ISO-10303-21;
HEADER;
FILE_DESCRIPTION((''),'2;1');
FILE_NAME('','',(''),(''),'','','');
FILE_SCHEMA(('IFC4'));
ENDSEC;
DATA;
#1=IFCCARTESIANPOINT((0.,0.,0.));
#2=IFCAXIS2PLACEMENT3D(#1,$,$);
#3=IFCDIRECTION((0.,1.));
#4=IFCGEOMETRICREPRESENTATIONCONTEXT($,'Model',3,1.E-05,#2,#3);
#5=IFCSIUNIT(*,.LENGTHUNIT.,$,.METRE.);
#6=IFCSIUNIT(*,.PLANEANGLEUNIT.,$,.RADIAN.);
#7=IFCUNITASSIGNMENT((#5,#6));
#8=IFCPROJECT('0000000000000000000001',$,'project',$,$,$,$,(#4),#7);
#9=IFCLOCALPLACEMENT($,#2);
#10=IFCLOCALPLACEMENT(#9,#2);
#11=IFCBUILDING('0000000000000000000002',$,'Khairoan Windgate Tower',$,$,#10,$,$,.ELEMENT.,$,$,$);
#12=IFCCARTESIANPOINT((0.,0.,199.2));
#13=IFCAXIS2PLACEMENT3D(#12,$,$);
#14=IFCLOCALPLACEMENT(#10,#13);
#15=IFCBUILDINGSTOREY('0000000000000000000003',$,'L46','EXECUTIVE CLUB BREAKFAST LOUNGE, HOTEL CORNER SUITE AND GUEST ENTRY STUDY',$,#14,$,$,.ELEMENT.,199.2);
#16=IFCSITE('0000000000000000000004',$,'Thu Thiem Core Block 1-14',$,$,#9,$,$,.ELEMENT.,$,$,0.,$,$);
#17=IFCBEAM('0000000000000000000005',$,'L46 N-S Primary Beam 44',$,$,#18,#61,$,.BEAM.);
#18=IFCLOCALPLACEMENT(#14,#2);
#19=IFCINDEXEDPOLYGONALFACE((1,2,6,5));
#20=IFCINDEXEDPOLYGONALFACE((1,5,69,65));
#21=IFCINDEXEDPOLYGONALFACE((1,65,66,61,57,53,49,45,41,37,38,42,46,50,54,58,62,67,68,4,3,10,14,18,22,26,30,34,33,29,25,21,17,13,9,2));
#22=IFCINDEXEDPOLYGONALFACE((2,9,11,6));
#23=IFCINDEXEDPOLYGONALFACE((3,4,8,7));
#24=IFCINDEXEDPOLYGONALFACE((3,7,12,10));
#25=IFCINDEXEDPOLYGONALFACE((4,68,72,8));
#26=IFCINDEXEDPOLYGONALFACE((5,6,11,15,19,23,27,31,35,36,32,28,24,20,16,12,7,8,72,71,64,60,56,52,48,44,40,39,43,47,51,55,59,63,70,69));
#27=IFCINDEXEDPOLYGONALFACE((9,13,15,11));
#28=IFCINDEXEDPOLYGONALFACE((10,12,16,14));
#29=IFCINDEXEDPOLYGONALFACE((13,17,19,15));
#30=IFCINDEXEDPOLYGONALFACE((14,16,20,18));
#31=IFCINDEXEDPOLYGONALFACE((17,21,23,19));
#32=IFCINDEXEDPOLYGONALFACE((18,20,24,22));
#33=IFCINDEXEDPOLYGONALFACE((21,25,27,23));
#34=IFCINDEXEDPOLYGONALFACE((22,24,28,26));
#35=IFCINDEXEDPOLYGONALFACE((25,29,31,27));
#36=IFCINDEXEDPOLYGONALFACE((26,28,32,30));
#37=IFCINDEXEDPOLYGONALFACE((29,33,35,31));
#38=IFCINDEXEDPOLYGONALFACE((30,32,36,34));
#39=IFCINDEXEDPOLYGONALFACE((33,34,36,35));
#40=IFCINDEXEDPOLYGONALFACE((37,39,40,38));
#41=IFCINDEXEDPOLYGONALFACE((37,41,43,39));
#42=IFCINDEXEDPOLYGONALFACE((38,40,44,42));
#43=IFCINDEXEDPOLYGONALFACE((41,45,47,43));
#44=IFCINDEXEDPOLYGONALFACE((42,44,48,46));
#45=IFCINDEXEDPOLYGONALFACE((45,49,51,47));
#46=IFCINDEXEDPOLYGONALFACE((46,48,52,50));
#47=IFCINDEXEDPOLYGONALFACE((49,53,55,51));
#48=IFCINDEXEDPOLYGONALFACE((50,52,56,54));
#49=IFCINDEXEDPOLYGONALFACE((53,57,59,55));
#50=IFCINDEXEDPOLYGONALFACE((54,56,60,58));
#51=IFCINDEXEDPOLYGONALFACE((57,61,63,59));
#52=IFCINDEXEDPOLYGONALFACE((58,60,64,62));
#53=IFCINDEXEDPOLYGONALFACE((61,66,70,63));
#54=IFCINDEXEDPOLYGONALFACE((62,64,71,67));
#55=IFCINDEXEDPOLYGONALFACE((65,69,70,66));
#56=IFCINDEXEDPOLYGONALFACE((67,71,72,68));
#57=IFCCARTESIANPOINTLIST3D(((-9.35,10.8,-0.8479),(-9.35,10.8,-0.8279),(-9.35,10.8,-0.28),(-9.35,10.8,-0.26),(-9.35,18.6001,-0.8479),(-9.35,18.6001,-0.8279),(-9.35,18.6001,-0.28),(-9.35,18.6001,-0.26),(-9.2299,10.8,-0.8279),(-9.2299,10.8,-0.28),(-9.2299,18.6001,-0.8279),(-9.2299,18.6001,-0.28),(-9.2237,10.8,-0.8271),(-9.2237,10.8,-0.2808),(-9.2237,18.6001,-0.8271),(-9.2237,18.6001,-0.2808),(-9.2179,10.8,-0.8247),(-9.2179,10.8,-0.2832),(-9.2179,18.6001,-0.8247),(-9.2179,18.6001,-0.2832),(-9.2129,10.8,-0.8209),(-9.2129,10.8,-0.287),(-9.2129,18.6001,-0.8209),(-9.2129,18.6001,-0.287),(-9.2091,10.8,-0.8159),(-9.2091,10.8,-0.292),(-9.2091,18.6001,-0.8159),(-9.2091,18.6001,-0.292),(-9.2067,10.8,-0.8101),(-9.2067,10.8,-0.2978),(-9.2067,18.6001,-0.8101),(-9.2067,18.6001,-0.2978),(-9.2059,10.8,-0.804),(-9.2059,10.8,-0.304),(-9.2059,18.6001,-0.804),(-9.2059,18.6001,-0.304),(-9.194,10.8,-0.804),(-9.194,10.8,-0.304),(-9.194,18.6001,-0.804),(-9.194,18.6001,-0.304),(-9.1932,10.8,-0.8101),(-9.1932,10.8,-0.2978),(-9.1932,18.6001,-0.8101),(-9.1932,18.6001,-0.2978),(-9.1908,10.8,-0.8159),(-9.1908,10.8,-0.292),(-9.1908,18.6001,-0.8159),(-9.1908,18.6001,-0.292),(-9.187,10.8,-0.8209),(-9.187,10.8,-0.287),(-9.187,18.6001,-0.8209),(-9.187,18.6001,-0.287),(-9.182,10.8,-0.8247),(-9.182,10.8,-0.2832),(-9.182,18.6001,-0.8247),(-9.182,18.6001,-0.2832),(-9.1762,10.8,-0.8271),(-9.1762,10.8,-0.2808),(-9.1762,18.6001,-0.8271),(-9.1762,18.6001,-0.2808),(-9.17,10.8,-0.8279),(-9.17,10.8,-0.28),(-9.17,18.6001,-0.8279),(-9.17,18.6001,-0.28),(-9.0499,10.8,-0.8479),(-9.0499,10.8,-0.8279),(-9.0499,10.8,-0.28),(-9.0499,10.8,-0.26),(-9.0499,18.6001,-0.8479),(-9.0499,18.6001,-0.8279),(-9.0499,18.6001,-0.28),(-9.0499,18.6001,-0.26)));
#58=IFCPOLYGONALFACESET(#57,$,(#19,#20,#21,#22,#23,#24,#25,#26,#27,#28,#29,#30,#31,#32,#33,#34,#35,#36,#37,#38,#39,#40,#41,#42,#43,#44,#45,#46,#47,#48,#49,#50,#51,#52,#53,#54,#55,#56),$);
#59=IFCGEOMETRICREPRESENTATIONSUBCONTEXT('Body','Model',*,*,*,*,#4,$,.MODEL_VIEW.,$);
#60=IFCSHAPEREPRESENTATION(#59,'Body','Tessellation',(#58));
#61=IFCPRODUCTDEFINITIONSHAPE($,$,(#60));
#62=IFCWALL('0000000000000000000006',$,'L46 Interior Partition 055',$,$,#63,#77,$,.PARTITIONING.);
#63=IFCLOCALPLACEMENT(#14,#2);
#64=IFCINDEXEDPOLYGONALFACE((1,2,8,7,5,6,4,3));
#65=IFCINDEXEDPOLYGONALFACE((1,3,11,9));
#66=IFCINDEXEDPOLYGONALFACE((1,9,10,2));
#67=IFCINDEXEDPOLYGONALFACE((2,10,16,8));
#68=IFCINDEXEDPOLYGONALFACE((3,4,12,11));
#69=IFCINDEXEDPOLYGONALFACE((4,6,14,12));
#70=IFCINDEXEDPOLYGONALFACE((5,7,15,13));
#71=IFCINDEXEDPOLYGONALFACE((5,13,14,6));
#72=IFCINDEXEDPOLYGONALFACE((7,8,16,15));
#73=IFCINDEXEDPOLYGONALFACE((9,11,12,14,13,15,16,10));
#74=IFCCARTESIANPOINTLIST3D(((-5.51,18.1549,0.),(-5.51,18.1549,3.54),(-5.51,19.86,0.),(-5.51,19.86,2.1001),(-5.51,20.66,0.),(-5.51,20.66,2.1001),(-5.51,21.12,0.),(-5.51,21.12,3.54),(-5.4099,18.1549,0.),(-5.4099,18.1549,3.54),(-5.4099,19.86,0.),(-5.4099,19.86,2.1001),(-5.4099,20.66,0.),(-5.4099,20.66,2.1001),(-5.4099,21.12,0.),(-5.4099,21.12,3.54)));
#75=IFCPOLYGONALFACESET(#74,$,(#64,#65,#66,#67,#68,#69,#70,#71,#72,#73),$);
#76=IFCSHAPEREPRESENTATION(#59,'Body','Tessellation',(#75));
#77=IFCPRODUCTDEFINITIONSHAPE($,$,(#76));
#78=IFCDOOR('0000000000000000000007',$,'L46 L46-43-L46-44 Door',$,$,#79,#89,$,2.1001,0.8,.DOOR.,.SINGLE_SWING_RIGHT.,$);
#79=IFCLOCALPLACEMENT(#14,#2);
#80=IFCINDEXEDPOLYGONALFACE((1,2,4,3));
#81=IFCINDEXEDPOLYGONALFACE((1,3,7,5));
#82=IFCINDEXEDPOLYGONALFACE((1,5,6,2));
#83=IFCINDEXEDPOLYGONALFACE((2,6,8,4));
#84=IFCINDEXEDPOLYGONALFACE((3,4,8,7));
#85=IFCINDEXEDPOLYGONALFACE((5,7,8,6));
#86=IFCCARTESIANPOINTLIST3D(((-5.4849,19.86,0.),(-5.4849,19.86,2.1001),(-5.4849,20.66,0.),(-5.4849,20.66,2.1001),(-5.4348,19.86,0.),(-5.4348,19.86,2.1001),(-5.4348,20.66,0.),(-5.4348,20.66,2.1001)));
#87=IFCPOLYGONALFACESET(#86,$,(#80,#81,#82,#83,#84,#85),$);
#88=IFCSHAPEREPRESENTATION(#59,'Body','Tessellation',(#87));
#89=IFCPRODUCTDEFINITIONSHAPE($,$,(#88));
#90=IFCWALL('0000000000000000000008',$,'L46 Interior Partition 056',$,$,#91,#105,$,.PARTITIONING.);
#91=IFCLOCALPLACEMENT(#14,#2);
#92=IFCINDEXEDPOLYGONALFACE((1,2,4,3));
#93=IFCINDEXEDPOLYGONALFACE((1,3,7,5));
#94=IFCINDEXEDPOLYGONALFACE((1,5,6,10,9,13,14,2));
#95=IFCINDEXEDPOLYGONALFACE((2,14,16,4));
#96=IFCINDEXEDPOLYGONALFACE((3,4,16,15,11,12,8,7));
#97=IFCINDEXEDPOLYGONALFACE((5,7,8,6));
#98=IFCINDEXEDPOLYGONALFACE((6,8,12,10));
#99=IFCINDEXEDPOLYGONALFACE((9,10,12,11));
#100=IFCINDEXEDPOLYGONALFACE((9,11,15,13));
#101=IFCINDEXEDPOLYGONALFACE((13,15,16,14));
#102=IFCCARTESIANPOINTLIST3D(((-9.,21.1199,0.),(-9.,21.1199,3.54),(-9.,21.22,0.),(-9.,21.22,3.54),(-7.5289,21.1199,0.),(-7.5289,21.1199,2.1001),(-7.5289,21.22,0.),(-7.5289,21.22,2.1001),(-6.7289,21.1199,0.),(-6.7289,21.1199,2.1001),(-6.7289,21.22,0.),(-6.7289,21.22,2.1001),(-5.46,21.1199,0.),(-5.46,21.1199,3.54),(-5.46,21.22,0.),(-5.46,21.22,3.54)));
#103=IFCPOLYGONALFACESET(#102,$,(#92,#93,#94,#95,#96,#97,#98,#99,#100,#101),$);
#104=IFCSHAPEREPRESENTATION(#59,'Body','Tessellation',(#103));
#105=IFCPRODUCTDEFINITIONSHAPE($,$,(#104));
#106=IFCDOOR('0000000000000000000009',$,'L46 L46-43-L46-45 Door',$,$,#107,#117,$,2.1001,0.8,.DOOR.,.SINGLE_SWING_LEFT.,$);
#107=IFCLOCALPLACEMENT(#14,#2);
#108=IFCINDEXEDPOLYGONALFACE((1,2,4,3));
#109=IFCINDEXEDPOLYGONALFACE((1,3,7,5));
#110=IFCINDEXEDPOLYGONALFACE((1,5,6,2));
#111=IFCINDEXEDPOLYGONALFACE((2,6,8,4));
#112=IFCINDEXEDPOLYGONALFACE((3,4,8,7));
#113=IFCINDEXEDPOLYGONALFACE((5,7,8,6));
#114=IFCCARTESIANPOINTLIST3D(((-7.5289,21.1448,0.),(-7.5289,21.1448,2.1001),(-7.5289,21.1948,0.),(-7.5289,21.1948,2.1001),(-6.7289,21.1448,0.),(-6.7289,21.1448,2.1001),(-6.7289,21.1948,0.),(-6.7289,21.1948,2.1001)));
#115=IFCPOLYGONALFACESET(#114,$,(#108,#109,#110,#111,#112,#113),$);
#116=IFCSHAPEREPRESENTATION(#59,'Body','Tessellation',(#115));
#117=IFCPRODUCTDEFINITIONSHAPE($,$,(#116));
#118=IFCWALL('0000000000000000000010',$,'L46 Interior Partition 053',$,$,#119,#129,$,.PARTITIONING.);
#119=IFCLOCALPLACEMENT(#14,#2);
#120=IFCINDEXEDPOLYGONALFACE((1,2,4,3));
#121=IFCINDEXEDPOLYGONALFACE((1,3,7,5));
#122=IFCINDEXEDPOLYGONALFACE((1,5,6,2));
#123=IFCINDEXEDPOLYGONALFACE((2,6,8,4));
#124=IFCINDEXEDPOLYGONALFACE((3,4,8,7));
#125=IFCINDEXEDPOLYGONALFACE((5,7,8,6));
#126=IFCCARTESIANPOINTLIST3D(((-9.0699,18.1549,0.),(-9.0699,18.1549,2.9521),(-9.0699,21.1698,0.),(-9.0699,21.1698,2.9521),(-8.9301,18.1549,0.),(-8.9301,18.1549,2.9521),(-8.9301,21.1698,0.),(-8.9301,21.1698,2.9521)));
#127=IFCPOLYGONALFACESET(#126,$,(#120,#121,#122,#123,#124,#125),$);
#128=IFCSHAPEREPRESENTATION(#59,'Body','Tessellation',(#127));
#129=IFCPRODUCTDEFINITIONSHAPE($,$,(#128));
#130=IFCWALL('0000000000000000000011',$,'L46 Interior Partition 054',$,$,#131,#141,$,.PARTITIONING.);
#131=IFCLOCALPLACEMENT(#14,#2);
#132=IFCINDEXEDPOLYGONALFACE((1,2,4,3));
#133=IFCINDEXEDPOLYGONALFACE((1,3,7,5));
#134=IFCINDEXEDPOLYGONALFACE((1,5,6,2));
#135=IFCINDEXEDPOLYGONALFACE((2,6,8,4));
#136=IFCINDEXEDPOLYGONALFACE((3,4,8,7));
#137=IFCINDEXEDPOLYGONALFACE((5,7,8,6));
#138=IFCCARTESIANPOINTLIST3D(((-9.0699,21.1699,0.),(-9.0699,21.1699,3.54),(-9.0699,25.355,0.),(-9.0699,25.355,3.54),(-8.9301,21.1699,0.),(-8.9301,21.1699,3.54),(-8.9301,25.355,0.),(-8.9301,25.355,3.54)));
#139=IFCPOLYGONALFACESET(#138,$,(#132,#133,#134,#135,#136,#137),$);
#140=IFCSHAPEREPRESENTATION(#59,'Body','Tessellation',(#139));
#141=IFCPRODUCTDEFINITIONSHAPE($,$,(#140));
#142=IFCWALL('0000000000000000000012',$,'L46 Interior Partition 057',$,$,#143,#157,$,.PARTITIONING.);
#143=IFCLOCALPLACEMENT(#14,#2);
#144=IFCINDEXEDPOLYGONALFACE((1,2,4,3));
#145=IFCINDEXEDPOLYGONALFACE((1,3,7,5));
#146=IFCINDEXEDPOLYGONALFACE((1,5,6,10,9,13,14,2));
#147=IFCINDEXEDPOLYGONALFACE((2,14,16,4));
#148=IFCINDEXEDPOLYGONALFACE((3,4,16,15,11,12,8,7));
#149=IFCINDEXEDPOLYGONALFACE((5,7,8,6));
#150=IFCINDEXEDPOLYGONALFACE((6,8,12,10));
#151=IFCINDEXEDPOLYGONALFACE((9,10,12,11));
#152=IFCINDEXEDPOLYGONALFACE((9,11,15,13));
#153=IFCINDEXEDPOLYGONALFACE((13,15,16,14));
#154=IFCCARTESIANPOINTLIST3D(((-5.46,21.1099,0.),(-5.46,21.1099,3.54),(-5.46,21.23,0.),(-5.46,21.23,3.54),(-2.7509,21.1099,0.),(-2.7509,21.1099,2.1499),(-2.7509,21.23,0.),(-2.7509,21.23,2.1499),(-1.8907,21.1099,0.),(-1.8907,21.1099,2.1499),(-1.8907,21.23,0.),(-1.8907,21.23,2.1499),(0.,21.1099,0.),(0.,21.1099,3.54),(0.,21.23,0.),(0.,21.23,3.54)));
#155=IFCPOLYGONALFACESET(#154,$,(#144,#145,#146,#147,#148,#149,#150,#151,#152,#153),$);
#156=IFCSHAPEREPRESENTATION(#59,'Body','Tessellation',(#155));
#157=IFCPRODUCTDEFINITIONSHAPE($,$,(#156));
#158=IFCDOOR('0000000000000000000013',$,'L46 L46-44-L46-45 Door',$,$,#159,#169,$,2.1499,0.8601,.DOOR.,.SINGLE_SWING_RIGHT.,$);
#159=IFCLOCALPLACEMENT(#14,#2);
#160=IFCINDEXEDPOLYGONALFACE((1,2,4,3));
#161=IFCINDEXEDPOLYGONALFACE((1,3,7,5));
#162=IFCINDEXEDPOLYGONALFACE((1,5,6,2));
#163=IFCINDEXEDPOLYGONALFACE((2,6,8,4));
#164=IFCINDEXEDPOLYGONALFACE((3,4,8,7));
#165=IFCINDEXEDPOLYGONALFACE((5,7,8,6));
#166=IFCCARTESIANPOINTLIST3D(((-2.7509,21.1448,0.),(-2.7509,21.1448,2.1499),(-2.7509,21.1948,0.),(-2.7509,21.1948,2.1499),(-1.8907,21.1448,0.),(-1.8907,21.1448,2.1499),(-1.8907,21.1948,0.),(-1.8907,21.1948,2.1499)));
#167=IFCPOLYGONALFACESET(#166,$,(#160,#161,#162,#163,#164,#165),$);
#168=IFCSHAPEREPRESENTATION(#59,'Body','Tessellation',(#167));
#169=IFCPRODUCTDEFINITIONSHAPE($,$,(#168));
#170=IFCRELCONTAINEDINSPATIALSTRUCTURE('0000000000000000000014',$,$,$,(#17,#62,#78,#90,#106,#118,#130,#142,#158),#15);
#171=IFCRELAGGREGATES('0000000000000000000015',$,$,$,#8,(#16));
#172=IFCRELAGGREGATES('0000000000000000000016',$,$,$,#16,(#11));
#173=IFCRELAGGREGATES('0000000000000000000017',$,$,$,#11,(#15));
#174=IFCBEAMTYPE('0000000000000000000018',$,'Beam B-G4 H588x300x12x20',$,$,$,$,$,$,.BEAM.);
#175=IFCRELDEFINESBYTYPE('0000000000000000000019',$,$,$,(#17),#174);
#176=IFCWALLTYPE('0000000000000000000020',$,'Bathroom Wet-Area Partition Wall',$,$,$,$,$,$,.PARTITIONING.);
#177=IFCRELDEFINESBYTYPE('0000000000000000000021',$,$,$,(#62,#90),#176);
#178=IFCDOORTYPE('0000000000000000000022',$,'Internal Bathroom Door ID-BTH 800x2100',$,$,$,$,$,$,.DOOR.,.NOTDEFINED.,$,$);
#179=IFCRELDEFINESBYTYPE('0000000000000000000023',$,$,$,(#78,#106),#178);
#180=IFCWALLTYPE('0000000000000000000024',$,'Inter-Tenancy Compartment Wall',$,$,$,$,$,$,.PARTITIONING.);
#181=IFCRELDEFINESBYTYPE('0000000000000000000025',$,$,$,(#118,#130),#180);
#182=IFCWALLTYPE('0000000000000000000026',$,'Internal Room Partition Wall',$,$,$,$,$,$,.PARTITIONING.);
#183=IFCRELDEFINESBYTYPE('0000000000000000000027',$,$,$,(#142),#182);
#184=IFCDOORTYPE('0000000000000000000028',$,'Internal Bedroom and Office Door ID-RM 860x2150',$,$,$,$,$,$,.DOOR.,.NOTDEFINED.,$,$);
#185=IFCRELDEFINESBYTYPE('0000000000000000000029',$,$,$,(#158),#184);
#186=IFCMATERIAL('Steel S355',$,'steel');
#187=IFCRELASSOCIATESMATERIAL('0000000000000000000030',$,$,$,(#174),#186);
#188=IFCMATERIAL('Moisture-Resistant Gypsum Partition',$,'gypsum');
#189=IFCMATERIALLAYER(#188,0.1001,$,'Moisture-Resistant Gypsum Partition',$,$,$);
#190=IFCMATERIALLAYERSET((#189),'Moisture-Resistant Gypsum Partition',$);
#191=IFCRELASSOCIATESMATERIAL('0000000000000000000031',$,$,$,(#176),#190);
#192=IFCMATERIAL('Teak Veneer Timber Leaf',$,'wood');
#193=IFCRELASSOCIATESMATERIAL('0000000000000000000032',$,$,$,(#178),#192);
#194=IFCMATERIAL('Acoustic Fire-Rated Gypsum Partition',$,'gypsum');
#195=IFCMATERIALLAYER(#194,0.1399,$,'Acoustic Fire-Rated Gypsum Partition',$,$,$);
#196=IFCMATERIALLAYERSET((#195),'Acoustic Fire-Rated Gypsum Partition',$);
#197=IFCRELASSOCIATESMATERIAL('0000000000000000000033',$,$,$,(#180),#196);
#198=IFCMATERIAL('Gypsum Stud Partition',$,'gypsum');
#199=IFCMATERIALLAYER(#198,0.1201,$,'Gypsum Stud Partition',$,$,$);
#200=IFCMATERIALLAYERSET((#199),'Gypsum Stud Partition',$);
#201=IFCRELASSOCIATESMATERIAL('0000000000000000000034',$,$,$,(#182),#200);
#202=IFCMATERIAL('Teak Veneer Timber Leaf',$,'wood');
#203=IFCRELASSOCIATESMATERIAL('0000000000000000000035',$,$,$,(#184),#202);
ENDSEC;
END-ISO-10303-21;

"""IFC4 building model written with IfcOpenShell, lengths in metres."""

from ifc_helpers import new_model, si_unit, direction, frame, frame_2d, origin, origin_2d, place, context, subcontext, project, spatial, rectangle, i_section, extrude, material, layer, layer_set, material_profile, profile_set, type_object, element, fill, save


model = new_model("IFC4")

# Units and contexts
model_context = context("Model", 3, precision=1e-05, world=origin(), true_north=direction((0.0, 1.0)))
body_context = subcontext(model_context, "Body", "Model", "MODEL_VIEW")
ifc_project = project(units=[si_unit("LENGTHUNIT", "METRE"), si_unit("PLANEANGLEUNIT", "RADIAN")], contexts=[model_context])

# Site, building, storey
site_placement = place(None, origin())
site = spatial("IfcSite", under=ifc_project, at=site_placement, Name="Thu Thiem Core Block 1-14", CompositionType="ELEMENT", RefElevation=0.0)
building_placement = place(site_placement, origin())
building = spatial("IfcBuilding", under=site, at=building_placement, Name="Khairoan Windgate Tower", CompositionType="ELEMENT")
storey_placement = place(building_placement, frame((0.0, 0.0, 199.2)))
storey = spatial("IfcBuildingStorey", under=building, at=storey_placement, Name="L46", Description="EXECUTIVE CLUB BREAKFAST LOUNGE, HOTEL CORNER SUITE AND GUEST ENTRY STUDY", CompositionType="ELEMENT", Elevation=199.2)

# Beam
ifc_material_1 = material(Name="Steel S355", Category="steel")
ifc_material_profile_1 = material_profile(ifc_material_1, i_section(OverallWidth=0.3, OverallDepth=0.5879, WebThickness=0.012, FlangeThickness=0.02, FilletRadius=0.0239, at=origin_2d()))
ifc_profile_set_1 = profile_set([ifc_material_profile_1], Name="Steel S355")
beam_type = type_object("IfcBeamType", Name="Beam B-G4 H588x300x12x20", PredefinedType="BEAM", material=ifc_profile_set_1)
beam_1_placement = place(storey_placement, frame((-9.2, 10.8, -0.554), z_axis=(0.0, 1.0, 0.0), x_axis=(-1.0, 0.0, 0.0)))
element("IfcBeam", 1, at=beam_1_placement, inside=storey, type_object=beam_type, Name="L46 N-S Primary Beam 44", PredefinedType="BEAM", context=body_context, shape_type="SweptSolid", body=[
    extrude(i_section(OverallWidth=0.3, OverallDepth=0.5879, WebThickness=0.012, FlangeThickness=0.02, FilletRadius=0.0239, at=origin_2d()), origin(), (0.0, 0.0, 1.0), 7.8),
])

# Walls, openings, doors
ifc_material_2 = material(Name="Moisture-Resistant Gypsum Partition", Category="gypsum")
ifc_layer_1 = layer(ifc_material_2, 0.1001, Name="Moisture-Resistant Gypsum Partition")
ifc_layer_set_1 = layer_set([ifc_layer_1], Name="Moisture-Resistant Gypsum Partition")
wall_type_1 = type_object("IfcWallType", Name="Bathroom Wet-Area Partition Wall", PredefinedType="PARTITIONING", material=ifc_layer_set_1)
wall_1_placement = place(storey_placement, frame((-5.46, 18.155, 0.0), z_axis=(0.0, 0.0, 1.0), x_axis=(0.0, 1.0, 0.0)))
wall_1 = element("IfcWall", 2, at=wall_1_placement, inside=storey, type_object=wall_type_1, Name="L46 Interior Partition 055", PredefinedType="PARTITIONING", context=body_context, shape_type="SweptSolid", body=[
    extrude(rectangle(XDim=2.9651, YDim=0.1001, at=frame_2d((1.4824, 0.0))), origin(), (0.0, 0.0, 1.0), 3.54),
])
opening_1_placement = place(wall_1_placement, frame((1.7051, 0.0, 0.0)))
opening_1 = element("IfcOpeningElement", 3, at=opening_1_placement, cuts=wall_1, PredefinedType="OPENING", context=body_context, shape_type="SweptSolid", body=[
    extrude(rectangle(XDim=0.8, YDim=2.1001, at=frame_2d((0.3999, 1.05))), frame((0.0, 0.0601, 0.0), z_axis=(0.0, -1.0, 0.0), x_axis=(1.0, 0.0, 0.0)), (0.0, 0.0, 1.0), 0.1201),
])
ifc_material_3 = material(Name="Teak Veneer Timber Leaf", Category="wood")
door_type_1 = type_object("IfcDoorType", Name="Internal Bathroom Door ID-BTH 800x2100", OperationType="NOTDEFINED", PredefinedType="DOOR", material=ifc_material_3)
door_1_placement = place(opening_1_placement, origin())
door_1 = element("IfcDoor", 4, at=door_1_placement, inside=storey, type_object=door_type_1, Name="L46 L46-43-L46-44 Door", OperationType="SINGLE_SWING_RIGHT", OverallHeight=2.1001, OverallWidth=0.8, PredefinedType="DOOR", context=body_context, shape_type="SweptSolid", body=[
    extrude(rectangle(XDim=0.8, YDim=2.1001, at=frame_2d((0.3999, 1.05))), frame((0.0, 0.0249, 0.0), z_axis=(0.0, -1.0, 0.0), x_axis=(1.0, 0.0, 0.0)), (0.0, 0.0, 1.0), 0.05),
])
fill(opening_1, door_1)
wall_2_placement = place(storey_placement, frame((-9.0, 21.1699, 0.0), z_axis=(0.0, 0.0, 1.0), x_axis=(1.0, 0.0, 0.0)))
wall_2 = element("IfcWall", 5, at=wall_2_placement, inside=storey, type_object=wall_type_1, Name="L46 Interior Partition 056", PredefinedType="PARTITIONING", context=body_context, shape_type="SweptSolid", body=[
    extrude(rectangle(XDim=3.54, YDim=0.1001, at=frame_2d((1.77, 0.0))), origin(), (0.0, 0.0, 1.0), 3.54),
])
opening_2_placement = place(wall_2_placement, frame((1.4712, 0.0, 0.0)))
opening_2 = element("IfcOpeningElement", 6, at=opening_2_placement, cuts=wall_2, PredefinedType="OPENING", context=body_context, shape_type="SweptSolid", body=[
    extrude(rectangle(XDim=0.8, YDim=2.1001, at=frame_2d((0.3999, 1.05))), frame((0.0, 0.0601, 0.0), z_axis=(0.0, -1.0, 0.0), x_axis=(1.0, 0.0, 0.0)), (0.0, 0.0, 1.0), 0.1201),
])
door_2_placement = place(opening_2_placement, origin())
door_2 = element("IfcDoor", 7, at=door_2_placement, inside=storey, type_object=door_type_1, Name="L46 L46-43-L46-45 Door", OperationType="SINGLE_SWING_LEFT", OverallHeight=2.1001, OverallWidth=0.8, PredefinedType="DOOR", context=body_context, shape_type="SweptSolid", body=[
    extrude(rectangle(XDim=0.8, YDim=2.1001, at=frame_2d((0.3999, 1.05))), frame((0.0, 0.0249, 0.0), z_axis=(0.0, -1.0, 0.0), x_axis=(1.0, 0.0, 0.0)), (0.0, 0.0, 1.0), 0.05),
])
fill(opening_2, door_2)

# Walls
ifc_material_4 = material(Name="Acoustic Fire-Rated Gypsum Partition", Category="gypsum")
ifc_layer_2 = layer(ifc_material_4, 0.1399, Name="Acoustic Fire-Rated Gypsum Partition")
ifc_layer_set_2 = layer_set([ifc_layer_2], Name="Acoustic Fire-Rated Gypsum Partition")
wall_type_2 = type_object("IfcWallType", Name="Inter-Tenancy Compartment Wall", PredefinedType="PARTITIONING", material=ifc_layer_set_2)
wall_3_placement = place(storey_placement, frame((-9.0, 18.155, 0.0), z_axis=(0.0, 0.0, 1.0), x_axis=(0.0, 1.0, 0.0)))
element("IfcWall", 8, at=wall_3_placement, inside=storey, type_object=wall_type_2, Name="L46 Interior Partition 053", PredefinedType="PARTITIONING", context=body_context, shape_type="SweptSolid", body=[
    extrude(rectangle(XDim=3.0149, YDim=0.1399, at=frame_2d((1.5073, 0.0))), origin(), (0.0, 0.0, 1.0), 2.9521),
])
wall_4_placement = place(storey_placement, frame((-9.0, 21.1699, 0.0), z_axis=(0.0, 0.0, 1.0), x_axis=(0.0, 1.0, 0.0)))
element("IfcWall", 9, at=wall_4_placement, inside=storey, type_object=wall_type_2, Name="L46 Interior Partition 054", PredefinedType="PARTITIONING", context=body_context, shape_type="SweptSolid", body=[
    extrude(rectangle(XDim=4.1851, YDim=0.1399, at=frame_2d((2.0925, 0.0))), origin(), (0.0, 0.0, 1.0), 3.54),
])

# Wall, opening, door
ifc_material_5 = material(Name="Gypsum Stud Partition", Category="gypsum")
ifc_layer_3 = layer(ifc_material_5, 0.1201, Name="Gypsum Stud Partition")
ifc_layer_set_3 = layer_set([ifc_layer_3], Name="Gypsum Stud Partition")
wall_type_3 = type_object("IfcWallType", Name="Internal Room Partition Wall", PredefinedType="PARTITIONING", material=ifc_layer_set_3)
wall_5_placement = place(storey_placement, frame((-5.46, 21.1699, 0.0), z_axis=(0.0, 0.0, 1.0), x_axis=(1.0, 0.0, 0.0)))
wall_5 = element("IfcWall", 10, at=wall_5_placement, inside=storey, type_object=wall_type_3, Name="L46 Interior Partition 057", PredefinedType="PARTITIONING", context=body_context, shape_type="SweptSolid", body=[
    extrude(rectangle(XDim=5.46, YDim=0.1201, at=frame_2d((2.73, 0.0))), origin(), (0.0, 0.0, 1.0), 3.54),
])
opening_3_placement = place(wall_5_placement, frame((2.709, 0.0, 0.0)))
opening_3 = element("IfcOpeningElement", 11, at=opening_3_placement, cuts=wall_5, PredefinedType="OPENING", context=body_context, shape_type="SweptSolid", body=[
    extrude(rectangle(XDim=0.8601, YDim=2.1499, at=frame_2d((0.4302, 1.075))), frame((0.0, 0.0701, 0.0), z_axis=(0.0, -1.0, 0.0), x_axis=(1.0, 0.0, 0.0)), (0.0, 0.0, 1.0), 0.1401),
])
ifc_material_6 = material(Name="Teak Veneer Timber Leaf", Category="wood")
door_type_2 = type_object("IfcDoorType", Name="Internal Bedroom and Office Door ID-RM 860x2150", OperationType="NOTDEFINED", PredefinedType="DOOR", material=ifc_material_6)
door_3_placement = place(opening_3_placement, origin())
door_3 = element("IfcDoor", 12, at=door_3_placement, inside=storey, type_object=door_type_2, Name="L46 L46-44-L46-45 Door", OperationType="SINGLE_SWING_RIGHT", OverallHeight=2.1499, OverallWidth=0.8601, PredefinedType="DOOR", context=body_context, shape_type="SweptSolid", body=[
    extrude(rectangle(XDim=0.8601, YDim=2.1499, at=frame_2d((0.4302, 1.075))), frame((0.0, 0.0249, 0.0), z_axis=(0.0, -1.0, 0.0), x_axis=(1.0, 0.0, 0.0)), (0.0, 0.0, 1.0), 0.05),
])
fill(opening_3, door_3)

save(model, "model.ifc")
